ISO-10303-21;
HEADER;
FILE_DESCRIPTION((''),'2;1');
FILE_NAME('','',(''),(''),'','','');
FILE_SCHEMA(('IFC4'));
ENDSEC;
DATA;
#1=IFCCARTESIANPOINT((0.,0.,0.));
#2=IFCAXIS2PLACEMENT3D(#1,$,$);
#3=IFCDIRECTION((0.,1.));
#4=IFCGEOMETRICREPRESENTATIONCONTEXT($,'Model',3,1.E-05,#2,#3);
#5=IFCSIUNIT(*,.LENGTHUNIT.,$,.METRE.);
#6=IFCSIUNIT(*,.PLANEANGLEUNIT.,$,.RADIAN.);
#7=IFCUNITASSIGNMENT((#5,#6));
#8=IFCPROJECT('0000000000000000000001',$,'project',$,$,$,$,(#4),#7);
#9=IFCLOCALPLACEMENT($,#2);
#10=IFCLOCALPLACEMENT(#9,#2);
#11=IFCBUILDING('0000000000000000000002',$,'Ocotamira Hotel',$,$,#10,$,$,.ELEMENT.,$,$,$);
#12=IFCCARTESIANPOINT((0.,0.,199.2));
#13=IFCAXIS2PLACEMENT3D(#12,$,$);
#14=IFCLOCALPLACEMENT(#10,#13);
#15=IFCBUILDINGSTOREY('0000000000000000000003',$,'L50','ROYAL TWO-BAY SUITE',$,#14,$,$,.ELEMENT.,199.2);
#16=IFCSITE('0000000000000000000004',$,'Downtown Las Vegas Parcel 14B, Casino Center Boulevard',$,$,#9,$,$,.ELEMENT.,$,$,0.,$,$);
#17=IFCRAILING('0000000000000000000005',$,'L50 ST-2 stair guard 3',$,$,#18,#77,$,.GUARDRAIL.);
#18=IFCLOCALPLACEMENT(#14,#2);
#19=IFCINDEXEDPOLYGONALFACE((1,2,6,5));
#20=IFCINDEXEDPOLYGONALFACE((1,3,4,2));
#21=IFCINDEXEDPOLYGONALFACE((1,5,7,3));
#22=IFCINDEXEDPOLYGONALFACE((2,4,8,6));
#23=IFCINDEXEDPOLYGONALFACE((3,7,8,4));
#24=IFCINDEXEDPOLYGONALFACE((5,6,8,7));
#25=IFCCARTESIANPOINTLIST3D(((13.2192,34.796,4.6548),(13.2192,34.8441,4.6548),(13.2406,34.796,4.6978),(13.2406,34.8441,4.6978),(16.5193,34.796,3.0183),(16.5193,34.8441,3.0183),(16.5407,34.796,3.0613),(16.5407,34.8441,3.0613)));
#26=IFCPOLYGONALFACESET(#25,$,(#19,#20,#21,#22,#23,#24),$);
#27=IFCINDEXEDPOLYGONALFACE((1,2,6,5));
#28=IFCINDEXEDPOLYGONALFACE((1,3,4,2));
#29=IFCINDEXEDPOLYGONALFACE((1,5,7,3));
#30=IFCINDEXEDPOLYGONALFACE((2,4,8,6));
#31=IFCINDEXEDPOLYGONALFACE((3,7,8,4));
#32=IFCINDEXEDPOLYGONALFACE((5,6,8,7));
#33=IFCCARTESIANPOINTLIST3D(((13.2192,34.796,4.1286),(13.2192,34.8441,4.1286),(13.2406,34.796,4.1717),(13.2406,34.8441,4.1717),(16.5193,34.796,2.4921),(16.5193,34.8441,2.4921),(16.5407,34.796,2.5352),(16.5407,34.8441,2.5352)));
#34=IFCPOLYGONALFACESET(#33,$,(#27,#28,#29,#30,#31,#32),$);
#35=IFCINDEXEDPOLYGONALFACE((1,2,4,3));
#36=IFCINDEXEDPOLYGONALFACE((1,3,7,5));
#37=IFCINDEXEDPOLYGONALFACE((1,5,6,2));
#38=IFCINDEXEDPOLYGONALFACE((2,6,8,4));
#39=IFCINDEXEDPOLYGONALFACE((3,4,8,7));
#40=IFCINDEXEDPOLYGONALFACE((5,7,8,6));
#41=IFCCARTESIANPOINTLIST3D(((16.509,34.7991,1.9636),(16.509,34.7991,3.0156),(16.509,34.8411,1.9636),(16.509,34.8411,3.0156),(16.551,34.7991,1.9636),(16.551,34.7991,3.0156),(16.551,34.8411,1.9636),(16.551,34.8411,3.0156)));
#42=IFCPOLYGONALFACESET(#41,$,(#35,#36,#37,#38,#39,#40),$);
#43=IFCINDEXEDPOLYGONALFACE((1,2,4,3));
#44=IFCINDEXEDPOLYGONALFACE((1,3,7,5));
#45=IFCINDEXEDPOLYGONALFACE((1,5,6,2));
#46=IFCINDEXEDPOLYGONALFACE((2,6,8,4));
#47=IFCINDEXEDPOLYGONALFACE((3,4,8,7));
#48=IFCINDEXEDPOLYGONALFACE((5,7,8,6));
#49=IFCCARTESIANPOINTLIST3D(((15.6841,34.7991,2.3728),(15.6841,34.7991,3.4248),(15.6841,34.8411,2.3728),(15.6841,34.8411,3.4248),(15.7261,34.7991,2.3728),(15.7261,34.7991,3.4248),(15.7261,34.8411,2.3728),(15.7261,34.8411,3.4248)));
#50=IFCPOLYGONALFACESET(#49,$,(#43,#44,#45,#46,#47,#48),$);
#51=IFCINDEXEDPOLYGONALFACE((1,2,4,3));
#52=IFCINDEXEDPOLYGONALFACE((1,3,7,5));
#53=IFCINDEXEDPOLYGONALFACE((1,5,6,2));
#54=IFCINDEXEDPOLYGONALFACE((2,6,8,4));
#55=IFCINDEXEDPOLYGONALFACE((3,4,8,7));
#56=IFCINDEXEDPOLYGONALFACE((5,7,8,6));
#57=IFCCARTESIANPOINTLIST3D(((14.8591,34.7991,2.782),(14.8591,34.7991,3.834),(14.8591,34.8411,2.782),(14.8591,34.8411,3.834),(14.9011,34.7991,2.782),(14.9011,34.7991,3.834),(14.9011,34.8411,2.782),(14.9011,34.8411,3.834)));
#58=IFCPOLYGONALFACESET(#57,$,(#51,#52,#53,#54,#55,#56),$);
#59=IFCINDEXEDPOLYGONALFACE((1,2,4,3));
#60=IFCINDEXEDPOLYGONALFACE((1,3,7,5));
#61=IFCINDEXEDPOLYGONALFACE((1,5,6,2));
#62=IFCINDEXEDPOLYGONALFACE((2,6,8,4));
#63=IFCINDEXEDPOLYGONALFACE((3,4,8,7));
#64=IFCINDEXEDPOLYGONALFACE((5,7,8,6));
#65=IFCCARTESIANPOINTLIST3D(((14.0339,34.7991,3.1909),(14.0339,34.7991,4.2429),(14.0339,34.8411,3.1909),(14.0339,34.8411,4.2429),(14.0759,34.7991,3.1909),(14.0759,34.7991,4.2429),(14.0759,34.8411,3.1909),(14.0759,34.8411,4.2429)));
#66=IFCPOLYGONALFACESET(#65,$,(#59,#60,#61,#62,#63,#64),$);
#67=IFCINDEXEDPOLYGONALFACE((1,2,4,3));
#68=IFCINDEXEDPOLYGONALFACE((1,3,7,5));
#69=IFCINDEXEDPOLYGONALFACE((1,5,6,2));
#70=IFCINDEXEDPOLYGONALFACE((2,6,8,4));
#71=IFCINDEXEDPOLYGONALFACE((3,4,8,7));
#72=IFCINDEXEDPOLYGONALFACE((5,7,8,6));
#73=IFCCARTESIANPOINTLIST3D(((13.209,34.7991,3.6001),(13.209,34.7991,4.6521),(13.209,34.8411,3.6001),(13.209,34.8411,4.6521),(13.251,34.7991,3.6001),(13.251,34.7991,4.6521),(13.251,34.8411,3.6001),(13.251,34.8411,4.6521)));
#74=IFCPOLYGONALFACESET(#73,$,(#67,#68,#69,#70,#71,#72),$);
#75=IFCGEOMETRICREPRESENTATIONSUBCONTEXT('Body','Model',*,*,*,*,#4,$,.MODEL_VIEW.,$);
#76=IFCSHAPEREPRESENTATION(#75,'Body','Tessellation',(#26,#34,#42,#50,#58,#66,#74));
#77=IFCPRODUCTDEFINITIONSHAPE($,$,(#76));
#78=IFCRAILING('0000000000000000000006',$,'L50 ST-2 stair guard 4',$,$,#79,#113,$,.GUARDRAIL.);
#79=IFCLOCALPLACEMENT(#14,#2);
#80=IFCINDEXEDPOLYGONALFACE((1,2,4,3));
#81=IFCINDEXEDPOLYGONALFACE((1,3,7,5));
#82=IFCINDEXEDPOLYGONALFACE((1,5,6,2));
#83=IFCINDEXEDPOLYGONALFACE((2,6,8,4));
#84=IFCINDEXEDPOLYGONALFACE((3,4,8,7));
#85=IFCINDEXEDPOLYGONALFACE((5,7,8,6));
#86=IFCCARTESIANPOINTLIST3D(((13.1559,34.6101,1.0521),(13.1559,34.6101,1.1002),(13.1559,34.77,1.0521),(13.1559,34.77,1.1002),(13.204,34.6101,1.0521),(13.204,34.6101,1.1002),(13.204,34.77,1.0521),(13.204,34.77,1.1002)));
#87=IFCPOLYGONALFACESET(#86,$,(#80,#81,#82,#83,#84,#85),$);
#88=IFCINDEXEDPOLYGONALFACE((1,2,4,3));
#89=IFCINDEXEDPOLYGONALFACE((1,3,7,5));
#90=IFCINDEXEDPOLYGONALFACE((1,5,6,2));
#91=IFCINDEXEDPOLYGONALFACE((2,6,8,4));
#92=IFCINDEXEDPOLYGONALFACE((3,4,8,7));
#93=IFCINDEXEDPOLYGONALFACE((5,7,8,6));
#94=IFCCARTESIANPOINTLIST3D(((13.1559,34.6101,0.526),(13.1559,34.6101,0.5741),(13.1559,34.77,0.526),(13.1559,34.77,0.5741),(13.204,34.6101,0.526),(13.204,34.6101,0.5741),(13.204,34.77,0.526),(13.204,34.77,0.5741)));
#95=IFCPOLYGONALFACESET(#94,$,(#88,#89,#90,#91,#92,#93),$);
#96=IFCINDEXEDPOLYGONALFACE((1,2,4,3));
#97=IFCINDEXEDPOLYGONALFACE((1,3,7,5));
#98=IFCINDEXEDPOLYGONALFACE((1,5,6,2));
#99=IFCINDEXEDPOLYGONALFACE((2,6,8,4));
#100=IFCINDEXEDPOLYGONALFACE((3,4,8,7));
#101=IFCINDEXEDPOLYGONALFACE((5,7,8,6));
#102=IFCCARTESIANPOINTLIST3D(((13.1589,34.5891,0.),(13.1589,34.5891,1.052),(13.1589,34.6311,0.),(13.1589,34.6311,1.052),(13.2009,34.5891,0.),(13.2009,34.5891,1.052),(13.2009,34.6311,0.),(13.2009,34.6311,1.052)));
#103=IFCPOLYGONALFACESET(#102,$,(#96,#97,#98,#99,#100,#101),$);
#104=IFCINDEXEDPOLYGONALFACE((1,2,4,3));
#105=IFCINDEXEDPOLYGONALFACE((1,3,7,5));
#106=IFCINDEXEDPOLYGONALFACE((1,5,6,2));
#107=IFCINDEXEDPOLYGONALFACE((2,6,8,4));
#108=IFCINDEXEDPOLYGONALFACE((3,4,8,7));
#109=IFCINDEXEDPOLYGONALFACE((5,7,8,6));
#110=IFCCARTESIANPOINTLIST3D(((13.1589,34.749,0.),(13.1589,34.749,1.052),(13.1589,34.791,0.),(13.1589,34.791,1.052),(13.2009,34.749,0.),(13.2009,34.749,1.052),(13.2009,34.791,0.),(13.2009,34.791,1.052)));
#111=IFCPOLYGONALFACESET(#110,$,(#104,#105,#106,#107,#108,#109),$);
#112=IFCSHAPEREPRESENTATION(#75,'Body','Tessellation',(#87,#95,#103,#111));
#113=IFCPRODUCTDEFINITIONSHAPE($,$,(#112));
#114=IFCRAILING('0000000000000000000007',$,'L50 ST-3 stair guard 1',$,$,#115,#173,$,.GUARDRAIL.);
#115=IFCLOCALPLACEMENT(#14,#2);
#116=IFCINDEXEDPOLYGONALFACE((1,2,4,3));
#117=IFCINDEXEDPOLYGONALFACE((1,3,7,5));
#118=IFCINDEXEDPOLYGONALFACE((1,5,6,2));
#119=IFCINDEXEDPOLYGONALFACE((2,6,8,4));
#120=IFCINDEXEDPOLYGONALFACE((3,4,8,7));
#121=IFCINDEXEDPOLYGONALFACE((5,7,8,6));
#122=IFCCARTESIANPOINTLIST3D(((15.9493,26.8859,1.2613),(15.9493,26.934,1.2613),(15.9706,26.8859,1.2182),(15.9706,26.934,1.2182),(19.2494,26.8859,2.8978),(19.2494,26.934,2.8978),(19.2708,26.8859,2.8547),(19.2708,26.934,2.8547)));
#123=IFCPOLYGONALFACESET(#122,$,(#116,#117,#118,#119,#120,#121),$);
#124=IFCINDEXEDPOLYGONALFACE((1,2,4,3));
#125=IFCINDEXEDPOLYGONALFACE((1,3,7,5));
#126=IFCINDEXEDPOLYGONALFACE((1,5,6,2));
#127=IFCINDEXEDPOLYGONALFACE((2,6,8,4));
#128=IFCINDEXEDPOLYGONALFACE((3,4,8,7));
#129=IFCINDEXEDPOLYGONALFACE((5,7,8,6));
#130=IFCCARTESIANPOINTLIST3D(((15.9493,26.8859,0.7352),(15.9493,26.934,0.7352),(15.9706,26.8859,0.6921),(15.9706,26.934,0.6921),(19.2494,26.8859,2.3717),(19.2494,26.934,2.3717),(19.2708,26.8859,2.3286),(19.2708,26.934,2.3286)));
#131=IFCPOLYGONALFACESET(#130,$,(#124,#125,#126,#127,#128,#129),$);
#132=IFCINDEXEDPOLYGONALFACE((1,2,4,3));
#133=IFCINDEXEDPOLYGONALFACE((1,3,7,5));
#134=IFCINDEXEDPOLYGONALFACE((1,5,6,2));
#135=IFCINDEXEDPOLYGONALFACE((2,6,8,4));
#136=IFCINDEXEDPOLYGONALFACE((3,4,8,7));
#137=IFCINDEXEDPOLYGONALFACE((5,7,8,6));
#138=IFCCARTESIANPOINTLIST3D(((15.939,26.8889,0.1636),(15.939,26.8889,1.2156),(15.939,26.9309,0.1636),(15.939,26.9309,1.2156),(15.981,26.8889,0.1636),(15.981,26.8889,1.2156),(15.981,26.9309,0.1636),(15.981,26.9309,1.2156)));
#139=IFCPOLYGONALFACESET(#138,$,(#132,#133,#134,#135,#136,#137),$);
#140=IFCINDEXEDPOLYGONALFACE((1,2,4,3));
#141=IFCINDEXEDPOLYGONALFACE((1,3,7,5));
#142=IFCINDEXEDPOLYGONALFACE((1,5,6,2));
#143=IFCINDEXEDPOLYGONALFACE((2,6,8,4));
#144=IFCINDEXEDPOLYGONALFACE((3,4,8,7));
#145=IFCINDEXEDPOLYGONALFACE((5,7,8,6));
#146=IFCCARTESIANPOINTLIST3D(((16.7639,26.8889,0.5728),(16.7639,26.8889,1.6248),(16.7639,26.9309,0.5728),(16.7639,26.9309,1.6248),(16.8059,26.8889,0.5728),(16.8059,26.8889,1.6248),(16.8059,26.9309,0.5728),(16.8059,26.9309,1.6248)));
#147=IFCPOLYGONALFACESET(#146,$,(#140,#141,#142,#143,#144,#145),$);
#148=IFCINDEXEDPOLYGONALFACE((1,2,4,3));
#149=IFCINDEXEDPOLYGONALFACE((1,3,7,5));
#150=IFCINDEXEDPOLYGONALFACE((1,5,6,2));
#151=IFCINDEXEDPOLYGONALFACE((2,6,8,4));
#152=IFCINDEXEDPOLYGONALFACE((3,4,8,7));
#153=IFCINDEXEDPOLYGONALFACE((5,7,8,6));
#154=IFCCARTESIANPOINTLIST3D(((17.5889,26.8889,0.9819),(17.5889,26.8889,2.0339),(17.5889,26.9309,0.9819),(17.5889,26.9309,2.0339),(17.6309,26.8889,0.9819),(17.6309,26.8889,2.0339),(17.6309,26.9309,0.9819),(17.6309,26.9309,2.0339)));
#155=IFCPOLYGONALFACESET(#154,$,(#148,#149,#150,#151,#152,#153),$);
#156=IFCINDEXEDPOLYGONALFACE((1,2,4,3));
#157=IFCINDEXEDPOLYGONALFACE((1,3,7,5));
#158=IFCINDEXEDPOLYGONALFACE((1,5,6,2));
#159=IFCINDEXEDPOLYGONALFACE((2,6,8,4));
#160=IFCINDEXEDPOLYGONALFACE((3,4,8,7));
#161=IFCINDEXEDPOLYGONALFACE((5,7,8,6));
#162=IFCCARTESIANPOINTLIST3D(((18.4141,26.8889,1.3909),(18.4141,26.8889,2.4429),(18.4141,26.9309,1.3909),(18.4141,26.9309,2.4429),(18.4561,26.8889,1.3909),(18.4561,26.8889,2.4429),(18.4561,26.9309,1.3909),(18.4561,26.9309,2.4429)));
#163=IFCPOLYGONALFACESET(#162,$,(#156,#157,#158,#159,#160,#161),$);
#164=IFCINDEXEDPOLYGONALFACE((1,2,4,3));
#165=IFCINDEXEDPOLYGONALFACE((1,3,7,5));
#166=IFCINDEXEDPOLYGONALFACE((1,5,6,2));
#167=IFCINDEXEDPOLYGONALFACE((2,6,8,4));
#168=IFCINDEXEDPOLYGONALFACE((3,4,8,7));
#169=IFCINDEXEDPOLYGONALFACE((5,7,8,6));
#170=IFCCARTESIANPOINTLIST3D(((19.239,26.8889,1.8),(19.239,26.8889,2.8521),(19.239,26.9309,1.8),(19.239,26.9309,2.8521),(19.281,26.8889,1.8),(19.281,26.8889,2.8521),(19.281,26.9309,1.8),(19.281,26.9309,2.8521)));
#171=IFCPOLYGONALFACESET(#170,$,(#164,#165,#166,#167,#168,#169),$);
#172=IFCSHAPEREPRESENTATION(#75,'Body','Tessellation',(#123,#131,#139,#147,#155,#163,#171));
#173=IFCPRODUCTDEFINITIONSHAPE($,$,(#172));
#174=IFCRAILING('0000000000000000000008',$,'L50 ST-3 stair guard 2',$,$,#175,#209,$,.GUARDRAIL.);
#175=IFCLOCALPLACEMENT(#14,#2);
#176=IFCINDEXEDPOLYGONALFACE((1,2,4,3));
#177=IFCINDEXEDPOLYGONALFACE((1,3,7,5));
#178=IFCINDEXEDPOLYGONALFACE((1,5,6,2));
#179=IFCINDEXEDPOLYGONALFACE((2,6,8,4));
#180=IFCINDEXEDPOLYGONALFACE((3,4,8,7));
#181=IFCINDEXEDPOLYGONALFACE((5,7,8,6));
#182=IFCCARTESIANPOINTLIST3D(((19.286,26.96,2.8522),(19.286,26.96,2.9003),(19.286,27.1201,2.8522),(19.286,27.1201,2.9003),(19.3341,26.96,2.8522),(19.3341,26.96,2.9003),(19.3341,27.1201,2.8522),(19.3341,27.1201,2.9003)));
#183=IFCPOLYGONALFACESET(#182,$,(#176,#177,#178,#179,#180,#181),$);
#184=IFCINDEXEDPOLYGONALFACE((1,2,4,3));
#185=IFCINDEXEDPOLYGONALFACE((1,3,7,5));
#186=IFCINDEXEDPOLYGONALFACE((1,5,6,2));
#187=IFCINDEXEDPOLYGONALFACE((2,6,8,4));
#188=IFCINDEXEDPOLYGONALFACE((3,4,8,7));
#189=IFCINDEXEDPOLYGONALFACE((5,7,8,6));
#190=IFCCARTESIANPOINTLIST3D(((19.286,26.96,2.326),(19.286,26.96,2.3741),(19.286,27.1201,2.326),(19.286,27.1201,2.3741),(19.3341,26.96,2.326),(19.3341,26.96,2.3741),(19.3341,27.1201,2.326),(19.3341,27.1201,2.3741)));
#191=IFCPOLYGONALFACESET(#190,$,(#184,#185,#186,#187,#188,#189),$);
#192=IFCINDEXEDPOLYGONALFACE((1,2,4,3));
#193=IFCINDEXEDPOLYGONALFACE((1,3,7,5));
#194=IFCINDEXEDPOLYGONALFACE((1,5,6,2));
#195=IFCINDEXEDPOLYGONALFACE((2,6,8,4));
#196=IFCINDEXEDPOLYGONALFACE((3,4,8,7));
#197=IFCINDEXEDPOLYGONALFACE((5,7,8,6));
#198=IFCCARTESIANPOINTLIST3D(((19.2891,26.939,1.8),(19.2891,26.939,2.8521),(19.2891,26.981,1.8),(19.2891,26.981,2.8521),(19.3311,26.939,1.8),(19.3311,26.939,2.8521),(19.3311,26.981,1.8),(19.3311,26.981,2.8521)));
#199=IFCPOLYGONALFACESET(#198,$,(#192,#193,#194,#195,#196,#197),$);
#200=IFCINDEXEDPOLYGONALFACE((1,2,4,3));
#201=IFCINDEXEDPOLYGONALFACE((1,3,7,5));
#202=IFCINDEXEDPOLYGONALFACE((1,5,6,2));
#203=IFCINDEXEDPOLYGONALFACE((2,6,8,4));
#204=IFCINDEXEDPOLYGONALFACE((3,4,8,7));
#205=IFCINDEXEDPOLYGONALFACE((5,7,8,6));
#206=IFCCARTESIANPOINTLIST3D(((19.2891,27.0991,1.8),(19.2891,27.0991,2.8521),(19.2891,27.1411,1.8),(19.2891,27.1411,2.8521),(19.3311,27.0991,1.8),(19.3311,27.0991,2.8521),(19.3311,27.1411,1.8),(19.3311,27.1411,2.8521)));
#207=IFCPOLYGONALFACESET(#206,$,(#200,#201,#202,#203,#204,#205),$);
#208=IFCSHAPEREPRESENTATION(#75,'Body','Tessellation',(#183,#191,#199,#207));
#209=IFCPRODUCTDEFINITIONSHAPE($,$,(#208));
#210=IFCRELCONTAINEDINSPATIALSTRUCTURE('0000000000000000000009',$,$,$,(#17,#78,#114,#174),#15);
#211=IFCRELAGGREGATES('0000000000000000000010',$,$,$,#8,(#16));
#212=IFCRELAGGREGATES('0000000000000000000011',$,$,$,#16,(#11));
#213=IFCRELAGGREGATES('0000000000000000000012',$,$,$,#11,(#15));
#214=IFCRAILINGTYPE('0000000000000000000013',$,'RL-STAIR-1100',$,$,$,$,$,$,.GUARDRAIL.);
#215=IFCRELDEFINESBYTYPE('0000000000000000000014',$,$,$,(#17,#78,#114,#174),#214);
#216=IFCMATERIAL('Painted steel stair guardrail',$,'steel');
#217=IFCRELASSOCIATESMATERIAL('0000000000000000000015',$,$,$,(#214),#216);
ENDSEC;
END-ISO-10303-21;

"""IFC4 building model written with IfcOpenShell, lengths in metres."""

from ifc_helpers import new_model, si_unit, direction, frame, origin, origin_2d, place, context, subcontext, project, spatial, rectangle, extrude, material, type_object, element, save


model = new_model("IFC4")

# Units and contexts
model_context = context("Model", 3, precision=1e-05, world=origin(), true_north=direction((0.0, 1.0)))
body_context = subcontext(model_context, "Body", "Model", "MODEL_VIEW")
ifc_project = project(units=[si_unit("LENGTHUNIT", "METRE"), si_unit("PLANEANGLEUNIT", "RADIAN")], contexts=[model_context])

# Site, building, storey
site_placement = place(None, origin())
site = spatial("IfcSite", under=ifc_project, at=site_placement, Name="Downtown Las Vegas Parcel 14B, Casino Center Boulevard", CompositionType="ELEMENT", RefElevation=0.0)
building_placement = place(site_placement, origin())
building = spatial("IfcBuilding", under=site, at=building_placement, Name="Ocotamira Hotel", CompositionType="ELEMENT")
storey_placement = place(building_placement, frame((0.0, 0.0, 199.2)))
storey = spatial("IfcBuildingStorey", under=building, at=storey_placement, Name="L50", Description="ROYAL TWO-BAY SUITE", CompositionType="ELEMENT", Elevation=199.2)

# Railings
ifc_material_1 = material(Name="Painted steel stair guardrail", Category="steel")
railing_type_1 = type_object("IfcRailingType", Name="RL-STAIR-1100", PredefinedType="GUARDRAIL", material=ifc_material_1)
railing_1_placement = place(storey_placement, frame((16.53, 34.8201, 1.9636)))
element("IfcRailing", 1, at=railing_1_placement, inside=storey, type_object=railing_type_1, Name="L50 ST-2 stair guard 3", PredefinedType="GUARDRAIL", context=body_context, shape_type="SweptSolid", body=[
    extrude(rectangle(XDim=0.0481, YDim=0.0481, at=origin_2d()), frame((0.0, 0.0, 1.0762), z_axis=(-0.895894, 0.0, 0.444268), x_axis=(0.0, -1.0, 0.0)), (0.0, 0.0, 1.0), 3.6836),
    extrude(rectangle(XDim=0.0481, YDim=0.0481, at=origin_2d()), frame((0.0, 0.0, 0.55), z_axis=(-0.895894, 0.0, 0.444268), x_axis=(0.0, -1.0, 0.0)), (0.0, 0.0, 1.0), 3.6836),
    extrude(rectangle(XDim=0.042, YDim=0.042, at=origin_2d()), origin(), (0.0, 0.0, 1.0), 1.052),
    extrude(rectangle(XDim=0.042, YDim=0.042, at=origin_2d()), frame((-0.825, 0.0, 0.4092)), (0.0, 0.0, 1.0), 1.052),
    extrude(rectangle(XDim=0.042, YDim=0.042, at=origin_2d()), frame((-1.6499, 0.0, 0.8184)), (0.0, 0.0, 1.0), 1.052),
    extrude(rectangle(XDim=0.042, YDim=0.042, at=origin_2d()), frame((-2.4751, 0.0, 1.2273)), (0.0, 0.0, 1.0), 1.052),
    extrude(rectangle(XDim=0.042, YDim=0.042, at=origin_2d()), frame((-3.3, 0.0, 1.6365)), (0.0, 0.0, 1.0), 1.052),
])
railing_2_placement = place(storey_placement, frame((13.1799, 34.6101, 0.0)))
element("IfcRailing", 2, at=railing_2_placement, inside=storey, type_object=railing_type_1, Name="L50 ST-2 stair guard 4", PredefinedType="GUARDRAIL", context=body_context, shape_type="SweptSolid", body=[
    extrude(rectangle(XDim=0.0481, YDim=0.0481, at=origin_2d()), frame((0.0, 0.0, 1.0762), z_axis=(0.0, 1.0, 0.0), x_axis=(-1.0, 0.0, 0.0)), (0.0, 0.0, 1.0), 0.1599),
    extrude(rectangle(XDim=0.0481, YDim=0.0481, at=origin_2d()), frame((0.0, 0.0, 0.55), z_axis=(0.0, 1.0, 0.0), x_axis=(-1.0, 0.0, 0.0)), (0.0, 0.0, 1.0), 0.1599),
    extrude(rectangle(XDim=0.042, YDim=0.042, at=origin_2d()), origin(), (0.0, 0.0, 1.0), 1.052),
    extrude(rectangle(XDim=0.042, YDim=0.042, at=origin_2d()), frame((0.0, 0.1599, 0.0)), (0.0, 0.0, 1.0), 1.052),
])
railing_3_placement = place(storey_placement, frame((15.96, 26.9099, 0.1636)))
element("IfcRailing", 3, at=railing_3_placement, inside=storey, type_object=railing_type_1, Name="L50 ST-3 stair guard 1", PredefinedType="GUARDRAIL", context=body_context, shape_type="SweptSolid", body=[
    extrude(rectangle(XDim=0.0481, YDim=0.0481, at=origin_2d()), frame((0.0, 0.0, 1.0762), z_axis=(0.895894, 0.0, 0.444268), x_axis=(0.0, 1.0, 0.0)), (0.0, 0.0, 1.0), 3.6836),
    extrude(rectangle(XDim=0.0481, YDim=0.0481, at=origin_2d()), frame((0.0, 0.0, 0.55), z_axis=(0.895894, 0.0, 0.444268), x_axis=(0.0, 1.0, 0.0)), (0.0, 0.0, 1.0), 3.6836),
    extrude(rectangle(XDim=0.042, YDim=0.042, at=origin_2d()), origin(), (0.0, 0.0, 1.0), 1.052),
    extrude(rectangle(XDim=0.042, YDim=0.042, at=origin_2d()), frame((0.825, 0.0, 0.4092)), (0.0, 0.0, 1.0), 1.052),
    extrude(rectangle(XDim=0.042, YDim=0.042, at=origin_2d()), frame((1.6499, 0.0, 0.8184)), (0.0, 0.0, 1.0), 1.052),
    extrude(rectangle(XDim=0.042, YDim=0.042, at=origin_2d()), frame((2.4751, 0.0, 1.2273)), (0.0, 0.0, 1.0), 1.052),
    extrude(rectangle(XDim=0.042, YDim=0.042, at=origin_2d()), frame((3.3, 0.0, 1.6365)), (0.0, 0.0, 1.0), 1.052),
])
railing_4_placement = place(storey_placement, frame((19.3101, 26.96, 1.8)))
element("IfcRailing", 4, at=railing_4_placement, inside=storey, type_object=railing_type_1, Name="L50 ST-3 stair guard 2", PredefinedType="GUARDRAIL", context=body_context, shape_type="SweptSolid", body=[
    extrude(rectangle(XDim=0.0481, YDim=0.0481, at=origin_2d()), frame((0.0, 0.0, 1.0762), z_axis=(0.0, 1.0, 0.0), x_axis=(-1.0, 0.0, 0.0)), (0.0, 0.0, 1.0), 0.1602),
    extrude(rectangle(XDim=0.0481, YDim=0.0481, at=origin_2d()), frame((0.0, 0.0, 0.55), z_axis=(0.0, 1.0, 0.0), x_axis=(-1.0, 0.0, 0.0)), (0.0, 0.0, 1.0), 0.1602),
    extrude(rectangle(XDim=0.042, YDim=0.042, at=origin_2d()), origin(), (0.0, 0.0, 1.0), 1.052),
    extrude(rectangle(XDim=0.042, YDim=0.042, at=origin_2d()), frame((0.0, 0.1602, 0.0)), (0.0, 0.0, 1.0), 1.052),
])

save(model, "model.ifc")
